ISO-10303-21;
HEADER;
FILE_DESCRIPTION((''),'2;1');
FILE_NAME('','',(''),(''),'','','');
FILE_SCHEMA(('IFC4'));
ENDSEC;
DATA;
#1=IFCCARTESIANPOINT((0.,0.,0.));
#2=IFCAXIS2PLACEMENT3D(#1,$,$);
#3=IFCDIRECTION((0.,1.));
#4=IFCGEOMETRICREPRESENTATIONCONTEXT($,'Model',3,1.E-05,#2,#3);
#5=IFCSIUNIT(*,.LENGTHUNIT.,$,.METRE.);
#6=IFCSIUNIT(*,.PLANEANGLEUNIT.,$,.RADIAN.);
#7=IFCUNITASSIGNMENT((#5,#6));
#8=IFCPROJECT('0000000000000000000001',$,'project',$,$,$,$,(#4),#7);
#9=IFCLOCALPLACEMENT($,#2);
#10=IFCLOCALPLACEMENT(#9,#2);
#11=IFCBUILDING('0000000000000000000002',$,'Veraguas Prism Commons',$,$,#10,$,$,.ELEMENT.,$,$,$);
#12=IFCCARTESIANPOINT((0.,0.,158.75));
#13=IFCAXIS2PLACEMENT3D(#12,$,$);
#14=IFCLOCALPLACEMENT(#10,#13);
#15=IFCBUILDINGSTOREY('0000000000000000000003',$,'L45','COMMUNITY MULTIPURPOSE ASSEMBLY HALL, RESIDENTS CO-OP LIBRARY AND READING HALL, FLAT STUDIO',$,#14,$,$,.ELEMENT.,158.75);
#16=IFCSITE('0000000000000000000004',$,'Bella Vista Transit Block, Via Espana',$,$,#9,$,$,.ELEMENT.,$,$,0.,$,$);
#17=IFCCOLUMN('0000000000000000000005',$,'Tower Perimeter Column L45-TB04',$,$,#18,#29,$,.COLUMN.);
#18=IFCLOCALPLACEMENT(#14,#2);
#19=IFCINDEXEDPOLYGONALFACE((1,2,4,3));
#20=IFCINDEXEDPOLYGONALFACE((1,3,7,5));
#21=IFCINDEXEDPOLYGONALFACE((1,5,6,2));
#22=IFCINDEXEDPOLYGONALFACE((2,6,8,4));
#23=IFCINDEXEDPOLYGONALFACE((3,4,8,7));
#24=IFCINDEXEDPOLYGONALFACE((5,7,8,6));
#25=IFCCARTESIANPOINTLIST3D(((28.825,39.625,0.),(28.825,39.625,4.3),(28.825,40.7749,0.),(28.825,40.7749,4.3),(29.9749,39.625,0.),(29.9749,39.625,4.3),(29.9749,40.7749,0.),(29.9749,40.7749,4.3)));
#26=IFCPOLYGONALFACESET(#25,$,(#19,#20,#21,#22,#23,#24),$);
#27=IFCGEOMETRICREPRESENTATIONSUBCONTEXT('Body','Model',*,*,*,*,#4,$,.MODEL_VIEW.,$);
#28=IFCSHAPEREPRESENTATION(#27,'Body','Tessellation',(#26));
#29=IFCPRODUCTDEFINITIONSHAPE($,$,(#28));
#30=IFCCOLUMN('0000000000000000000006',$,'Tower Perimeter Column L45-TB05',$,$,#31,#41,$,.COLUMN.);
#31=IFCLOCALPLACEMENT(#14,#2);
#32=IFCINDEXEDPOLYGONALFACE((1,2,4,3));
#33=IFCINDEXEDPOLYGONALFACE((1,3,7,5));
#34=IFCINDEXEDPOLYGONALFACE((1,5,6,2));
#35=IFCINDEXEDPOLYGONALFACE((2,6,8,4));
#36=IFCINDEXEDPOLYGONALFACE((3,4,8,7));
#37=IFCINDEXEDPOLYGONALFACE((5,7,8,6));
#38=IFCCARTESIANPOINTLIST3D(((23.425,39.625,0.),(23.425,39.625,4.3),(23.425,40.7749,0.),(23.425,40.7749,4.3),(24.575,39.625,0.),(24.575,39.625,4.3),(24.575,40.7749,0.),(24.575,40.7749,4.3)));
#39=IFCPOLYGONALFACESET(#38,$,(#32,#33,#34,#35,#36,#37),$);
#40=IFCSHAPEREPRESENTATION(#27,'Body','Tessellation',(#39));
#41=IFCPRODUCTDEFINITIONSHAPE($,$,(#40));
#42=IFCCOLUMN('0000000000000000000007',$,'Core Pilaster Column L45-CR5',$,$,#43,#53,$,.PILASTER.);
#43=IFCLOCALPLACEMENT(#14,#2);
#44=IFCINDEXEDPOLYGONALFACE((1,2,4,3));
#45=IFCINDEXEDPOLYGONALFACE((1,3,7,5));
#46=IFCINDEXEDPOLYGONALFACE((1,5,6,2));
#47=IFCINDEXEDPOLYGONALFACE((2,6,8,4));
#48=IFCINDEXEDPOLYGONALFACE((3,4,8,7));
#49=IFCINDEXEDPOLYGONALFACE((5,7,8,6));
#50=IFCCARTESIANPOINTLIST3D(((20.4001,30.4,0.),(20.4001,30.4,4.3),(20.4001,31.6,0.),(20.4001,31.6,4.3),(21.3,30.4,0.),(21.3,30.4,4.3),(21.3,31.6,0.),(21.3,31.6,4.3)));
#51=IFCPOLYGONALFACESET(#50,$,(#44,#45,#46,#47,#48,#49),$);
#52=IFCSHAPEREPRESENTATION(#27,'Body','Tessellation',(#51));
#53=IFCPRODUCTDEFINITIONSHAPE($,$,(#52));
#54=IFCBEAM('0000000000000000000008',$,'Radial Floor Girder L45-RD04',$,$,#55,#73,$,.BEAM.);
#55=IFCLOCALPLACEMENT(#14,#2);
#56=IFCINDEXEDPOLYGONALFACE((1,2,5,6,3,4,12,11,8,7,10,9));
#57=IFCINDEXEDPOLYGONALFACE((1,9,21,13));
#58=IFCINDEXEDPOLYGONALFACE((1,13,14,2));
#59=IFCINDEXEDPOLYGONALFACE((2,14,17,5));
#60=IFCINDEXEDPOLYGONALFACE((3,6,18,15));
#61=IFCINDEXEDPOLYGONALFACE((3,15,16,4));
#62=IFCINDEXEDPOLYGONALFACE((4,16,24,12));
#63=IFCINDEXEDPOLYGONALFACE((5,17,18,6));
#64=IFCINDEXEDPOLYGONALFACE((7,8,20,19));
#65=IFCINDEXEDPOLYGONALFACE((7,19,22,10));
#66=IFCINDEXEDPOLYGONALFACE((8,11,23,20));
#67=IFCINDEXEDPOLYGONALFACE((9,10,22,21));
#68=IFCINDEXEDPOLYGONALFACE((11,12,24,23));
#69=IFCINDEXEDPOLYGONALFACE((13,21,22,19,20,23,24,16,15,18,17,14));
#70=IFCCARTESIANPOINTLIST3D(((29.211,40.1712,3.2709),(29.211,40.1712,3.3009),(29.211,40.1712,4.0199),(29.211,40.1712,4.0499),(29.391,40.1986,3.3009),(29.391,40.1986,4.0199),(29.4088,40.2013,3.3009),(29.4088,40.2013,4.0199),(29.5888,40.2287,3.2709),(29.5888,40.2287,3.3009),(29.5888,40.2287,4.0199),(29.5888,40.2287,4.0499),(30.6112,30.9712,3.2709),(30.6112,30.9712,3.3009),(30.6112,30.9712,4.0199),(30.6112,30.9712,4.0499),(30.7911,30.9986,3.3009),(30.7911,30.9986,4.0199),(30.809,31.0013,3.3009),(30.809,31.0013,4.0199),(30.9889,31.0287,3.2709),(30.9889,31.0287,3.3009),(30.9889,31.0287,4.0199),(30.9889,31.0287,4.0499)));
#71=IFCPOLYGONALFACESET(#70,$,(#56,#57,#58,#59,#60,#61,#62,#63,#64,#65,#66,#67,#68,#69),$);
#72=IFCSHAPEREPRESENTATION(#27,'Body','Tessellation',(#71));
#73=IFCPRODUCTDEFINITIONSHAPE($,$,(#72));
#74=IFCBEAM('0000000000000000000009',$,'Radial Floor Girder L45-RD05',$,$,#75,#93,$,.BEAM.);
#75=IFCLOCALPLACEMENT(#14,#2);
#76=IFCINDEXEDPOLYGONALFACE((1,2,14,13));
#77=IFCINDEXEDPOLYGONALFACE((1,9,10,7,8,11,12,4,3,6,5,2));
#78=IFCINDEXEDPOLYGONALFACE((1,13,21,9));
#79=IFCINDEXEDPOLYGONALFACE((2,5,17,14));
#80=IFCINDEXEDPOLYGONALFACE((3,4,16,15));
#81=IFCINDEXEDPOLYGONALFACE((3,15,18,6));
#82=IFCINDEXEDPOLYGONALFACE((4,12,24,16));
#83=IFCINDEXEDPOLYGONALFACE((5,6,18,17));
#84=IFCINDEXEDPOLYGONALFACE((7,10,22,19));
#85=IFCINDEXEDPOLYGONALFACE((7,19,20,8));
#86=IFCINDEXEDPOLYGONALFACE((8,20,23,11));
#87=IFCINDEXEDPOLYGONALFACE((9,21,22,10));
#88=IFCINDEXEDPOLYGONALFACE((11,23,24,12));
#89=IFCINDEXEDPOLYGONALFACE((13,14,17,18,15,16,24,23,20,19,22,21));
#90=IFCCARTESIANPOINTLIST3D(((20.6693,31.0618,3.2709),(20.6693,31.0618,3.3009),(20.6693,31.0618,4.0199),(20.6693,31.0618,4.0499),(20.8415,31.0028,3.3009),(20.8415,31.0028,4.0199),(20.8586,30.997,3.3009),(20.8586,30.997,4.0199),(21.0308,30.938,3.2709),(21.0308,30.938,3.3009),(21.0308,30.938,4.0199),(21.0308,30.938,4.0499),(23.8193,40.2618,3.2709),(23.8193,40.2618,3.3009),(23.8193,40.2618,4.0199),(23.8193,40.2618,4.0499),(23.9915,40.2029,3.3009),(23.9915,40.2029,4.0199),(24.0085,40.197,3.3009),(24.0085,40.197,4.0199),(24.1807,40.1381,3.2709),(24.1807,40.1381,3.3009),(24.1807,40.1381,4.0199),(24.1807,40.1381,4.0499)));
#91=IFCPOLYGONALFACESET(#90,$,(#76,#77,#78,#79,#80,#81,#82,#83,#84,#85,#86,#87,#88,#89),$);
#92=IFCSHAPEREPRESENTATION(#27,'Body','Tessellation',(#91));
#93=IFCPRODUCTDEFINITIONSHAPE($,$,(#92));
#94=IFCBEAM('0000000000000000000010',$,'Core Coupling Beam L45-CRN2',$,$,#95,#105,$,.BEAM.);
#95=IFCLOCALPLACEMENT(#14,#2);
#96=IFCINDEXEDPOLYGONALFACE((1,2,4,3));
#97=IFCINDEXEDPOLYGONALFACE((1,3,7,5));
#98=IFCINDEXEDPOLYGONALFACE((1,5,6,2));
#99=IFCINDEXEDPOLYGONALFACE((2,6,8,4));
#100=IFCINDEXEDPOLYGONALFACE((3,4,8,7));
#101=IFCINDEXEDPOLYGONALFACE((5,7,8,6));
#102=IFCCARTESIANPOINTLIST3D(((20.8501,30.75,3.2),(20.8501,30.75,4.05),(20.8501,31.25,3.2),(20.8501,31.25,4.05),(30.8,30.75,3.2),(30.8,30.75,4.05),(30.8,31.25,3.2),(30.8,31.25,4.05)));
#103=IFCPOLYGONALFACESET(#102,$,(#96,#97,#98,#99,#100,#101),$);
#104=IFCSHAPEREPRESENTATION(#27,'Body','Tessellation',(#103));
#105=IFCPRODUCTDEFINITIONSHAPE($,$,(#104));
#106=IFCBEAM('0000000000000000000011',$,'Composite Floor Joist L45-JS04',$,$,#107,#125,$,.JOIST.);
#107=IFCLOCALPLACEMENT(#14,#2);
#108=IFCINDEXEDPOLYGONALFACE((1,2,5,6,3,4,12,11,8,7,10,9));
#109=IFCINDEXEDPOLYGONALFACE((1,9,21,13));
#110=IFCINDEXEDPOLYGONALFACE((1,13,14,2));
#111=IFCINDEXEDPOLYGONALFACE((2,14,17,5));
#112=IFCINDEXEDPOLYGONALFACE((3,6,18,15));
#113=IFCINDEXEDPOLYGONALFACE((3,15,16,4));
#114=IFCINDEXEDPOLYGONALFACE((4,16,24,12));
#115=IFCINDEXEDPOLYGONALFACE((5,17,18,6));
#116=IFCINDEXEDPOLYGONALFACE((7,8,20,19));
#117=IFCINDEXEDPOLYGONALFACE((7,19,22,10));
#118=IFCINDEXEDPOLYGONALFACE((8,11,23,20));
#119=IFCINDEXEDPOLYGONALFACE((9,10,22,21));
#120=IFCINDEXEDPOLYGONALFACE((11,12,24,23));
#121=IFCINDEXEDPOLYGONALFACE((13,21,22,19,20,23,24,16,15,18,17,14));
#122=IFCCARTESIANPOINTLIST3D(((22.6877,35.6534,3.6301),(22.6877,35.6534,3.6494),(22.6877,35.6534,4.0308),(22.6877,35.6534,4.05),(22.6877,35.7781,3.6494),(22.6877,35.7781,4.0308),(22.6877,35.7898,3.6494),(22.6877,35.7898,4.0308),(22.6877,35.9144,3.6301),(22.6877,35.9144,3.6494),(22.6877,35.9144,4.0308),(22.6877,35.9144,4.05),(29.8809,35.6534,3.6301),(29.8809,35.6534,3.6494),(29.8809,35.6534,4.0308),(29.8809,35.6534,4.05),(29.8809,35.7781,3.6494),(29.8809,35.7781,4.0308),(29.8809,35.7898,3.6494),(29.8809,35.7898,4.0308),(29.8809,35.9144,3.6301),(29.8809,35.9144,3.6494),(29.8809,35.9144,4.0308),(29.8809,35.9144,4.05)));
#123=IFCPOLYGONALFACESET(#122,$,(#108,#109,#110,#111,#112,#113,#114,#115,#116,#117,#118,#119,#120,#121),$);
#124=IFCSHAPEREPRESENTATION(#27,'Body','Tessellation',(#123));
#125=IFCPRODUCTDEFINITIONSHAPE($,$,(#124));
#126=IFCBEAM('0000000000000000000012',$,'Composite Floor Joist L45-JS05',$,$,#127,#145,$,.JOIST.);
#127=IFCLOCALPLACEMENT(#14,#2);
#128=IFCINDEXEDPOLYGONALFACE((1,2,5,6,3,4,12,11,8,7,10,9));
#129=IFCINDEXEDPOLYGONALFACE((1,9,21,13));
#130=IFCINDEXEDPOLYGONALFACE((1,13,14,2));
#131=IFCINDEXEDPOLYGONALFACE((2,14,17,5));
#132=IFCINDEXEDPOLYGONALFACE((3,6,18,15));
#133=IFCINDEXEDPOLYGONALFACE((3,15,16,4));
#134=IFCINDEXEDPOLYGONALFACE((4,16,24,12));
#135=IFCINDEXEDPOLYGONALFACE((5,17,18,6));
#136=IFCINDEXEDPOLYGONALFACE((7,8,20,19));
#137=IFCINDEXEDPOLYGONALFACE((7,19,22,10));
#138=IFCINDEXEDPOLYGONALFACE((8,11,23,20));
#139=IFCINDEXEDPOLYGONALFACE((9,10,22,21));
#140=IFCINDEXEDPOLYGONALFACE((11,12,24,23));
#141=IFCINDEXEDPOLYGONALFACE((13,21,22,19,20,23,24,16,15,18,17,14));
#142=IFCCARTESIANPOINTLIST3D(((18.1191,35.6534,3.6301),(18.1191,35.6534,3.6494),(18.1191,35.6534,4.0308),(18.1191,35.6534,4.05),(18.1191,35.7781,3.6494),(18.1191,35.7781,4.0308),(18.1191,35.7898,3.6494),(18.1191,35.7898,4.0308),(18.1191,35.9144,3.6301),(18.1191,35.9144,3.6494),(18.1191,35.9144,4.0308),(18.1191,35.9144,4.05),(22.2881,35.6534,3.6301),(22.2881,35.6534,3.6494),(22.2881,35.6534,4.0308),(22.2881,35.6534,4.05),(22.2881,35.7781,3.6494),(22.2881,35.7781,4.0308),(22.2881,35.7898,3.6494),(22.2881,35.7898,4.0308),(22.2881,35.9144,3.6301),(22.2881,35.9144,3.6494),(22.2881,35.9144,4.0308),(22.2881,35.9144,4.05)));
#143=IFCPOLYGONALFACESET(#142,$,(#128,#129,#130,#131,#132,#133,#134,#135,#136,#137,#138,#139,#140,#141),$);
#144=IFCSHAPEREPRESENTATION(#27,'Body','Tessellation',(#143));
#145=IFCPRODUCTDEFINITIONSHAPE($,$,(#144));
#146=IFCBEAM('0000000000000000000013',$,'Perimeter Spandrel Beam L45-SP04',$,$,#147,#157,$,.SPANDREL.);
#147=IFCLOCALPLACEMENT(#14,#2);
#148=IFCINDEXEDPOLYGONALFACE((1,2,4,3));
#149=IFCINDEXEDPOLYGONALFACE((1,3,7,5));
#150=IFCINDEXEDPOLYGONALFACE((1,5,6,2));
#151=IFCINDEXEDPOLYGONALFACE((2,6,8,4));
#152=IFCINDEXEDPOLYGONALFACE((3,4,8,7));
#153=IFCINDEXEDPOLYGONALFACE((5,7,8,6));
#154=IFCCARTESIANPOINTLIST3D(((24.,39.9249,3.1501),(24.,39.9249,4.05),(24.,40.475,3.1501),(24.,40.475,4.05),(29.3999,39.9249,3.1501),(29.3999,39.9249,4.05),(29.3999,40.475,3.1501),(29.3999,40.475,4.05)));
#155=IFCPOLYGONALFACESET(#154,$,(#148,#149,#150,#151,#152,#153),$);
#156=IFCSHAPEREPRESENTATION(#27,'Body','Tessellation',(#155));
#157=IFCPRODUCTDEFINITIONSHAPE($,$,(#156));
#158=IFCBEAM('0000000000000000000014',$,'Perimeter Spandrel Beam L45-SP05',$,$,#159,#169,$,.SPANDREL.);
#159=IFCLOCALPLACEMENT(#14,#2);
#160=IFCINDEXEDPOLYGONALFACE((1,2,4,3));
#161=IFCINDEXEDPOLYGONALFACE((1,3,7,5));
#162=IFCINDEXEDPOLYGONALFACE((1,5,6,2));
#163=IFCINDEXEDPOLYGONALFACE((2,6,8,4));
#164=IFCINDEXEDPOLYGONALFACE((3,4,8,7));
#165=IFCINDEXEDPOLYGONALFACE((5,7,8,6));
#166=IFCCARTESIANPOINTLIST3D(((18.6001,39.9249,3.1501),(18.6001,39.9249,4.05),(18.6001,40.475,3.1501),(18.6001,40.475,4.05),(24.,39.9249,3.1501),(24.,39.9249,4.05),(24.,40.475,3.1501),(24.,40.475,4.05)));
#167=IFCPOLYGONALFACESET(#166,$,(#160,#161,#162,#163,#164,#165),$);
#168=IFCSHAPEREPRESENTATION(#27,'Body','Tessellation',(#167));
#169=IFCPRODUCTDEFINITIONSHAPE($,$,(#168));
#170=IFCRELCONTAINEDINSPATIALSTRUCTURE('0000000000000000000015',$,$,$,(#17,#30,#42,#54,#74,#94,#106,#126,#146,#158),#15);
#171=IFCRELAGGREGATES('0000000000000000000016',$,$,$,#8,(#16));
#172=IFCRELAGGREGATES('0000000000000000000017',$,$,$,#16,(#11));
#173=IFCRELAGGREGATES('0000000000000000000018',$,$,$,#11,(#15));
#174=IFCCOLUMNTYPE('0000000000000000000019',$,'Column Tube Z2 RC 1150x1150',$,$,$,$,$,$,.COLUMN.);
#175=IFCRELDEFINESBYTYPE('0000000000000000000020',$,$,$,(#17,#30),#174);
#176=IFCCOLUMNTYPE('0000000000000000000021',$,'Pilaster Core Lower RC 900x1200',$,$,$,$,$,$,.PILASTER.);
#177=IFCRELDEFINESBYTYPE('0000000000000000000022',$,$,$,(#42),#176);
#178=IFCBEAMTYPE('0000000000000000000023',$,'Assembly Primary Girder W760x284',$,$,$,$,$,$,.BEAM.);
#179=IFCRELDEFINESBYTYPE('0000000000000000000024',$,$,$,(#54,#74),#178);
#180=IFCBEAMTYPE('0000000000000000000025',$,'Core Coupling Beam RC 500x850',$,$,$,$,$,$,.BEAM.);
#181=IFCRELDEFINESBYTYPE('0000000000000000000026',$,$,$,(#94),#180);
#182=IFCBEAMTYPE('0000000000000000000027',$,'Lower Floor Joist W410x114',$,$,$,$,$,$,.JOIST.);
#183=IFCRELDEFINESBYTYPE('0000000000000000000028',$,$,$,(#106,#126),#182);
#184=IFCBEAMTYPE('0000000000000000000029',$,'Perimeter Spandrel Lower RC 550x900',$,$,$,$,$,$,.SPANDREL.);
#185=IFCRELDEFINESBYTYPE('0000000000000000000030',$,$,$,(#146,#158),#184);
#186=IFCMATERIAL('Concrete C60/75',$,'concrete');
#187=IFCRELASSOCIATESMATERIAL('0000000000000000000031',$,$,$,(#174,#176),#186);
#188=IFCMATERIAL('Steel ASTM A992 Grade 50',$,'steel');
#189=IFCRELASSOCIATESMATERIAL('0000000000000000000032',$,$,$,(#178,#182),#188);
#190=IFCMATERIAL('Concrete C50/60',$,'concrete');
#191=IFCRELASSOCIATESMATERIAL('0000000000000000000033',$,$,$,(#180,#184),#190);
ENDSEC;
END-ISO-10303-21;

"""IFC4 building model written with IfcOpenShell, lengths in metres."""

from ifc_helpers import new_model, si_unit, direction, frame, origin, origin_2d, place, context, subcontext, project, spatial, rectangle, i_section, extrude, material, material_profile, profile_set, type_object, element, save


model = new_model("IFC4")

# Units and contexts
model_context = context("Model", 3, precision=1e-05, world=origin(), true_north=direction((0.0, 1.0)))
body_context = subcontext(model_context, "Body", "Model", "MODEL_VIEW")
ifc_project = project(units=[si_unit("LENGTHUNIT", "METRE"), si_unit("PLANEANGLEUNIT", "RADIAN")], contexts=[model_context])

# Site, building, storey
site_placement = place(None, origin())
site = spatial("IfcSite", under=ifc_project, at=site_placement, Name="Bella Vista Transit Block, Via Espana", CompositionType="ELEMENT", RefElevation=0.0)
building_placement = place(site_placement, origin())
building = spatial("IfcBuilding", under=site, at=building_placement, Name="Veraguas Prism Commons", CompositionType="ELEMENT")
storey_placement = place(building_placement, frame((0.0, 0.0, 158.75)))
storey = spatial("IfcBuildingStorey", under=building, at=storey_placement, Name="L45", Description="COMMUNITY MULTIPURPOSE ASSEMBLY HALL, RESIDENTS CO-OP LIBRARY AND READING HALL, FLAT STUDIO", CompositionType="ELEMENT", Elevation=158.75)

# Columns
ifc_material_1 = material(Name="Concrete C60/75", Category="concrete")
ifc_material_profile_1 = material_profile(ifc_material_1, rectangle(XDim=1.1499, YDim=1.1499, at=origin_2d()), Name="RC1150X1150")
ifc_profile_set_1 = profile_set([ifc_material_profile_1], Name="Concrete C60/75")
column_type_1 = type_object("IfcColumnType", Name="Column Tube Z2 RC 1150x1150", PredefinedType="COLUMN", material=ifc_profile_set_1)
for number, where, z_axis, x_axis, name in (
    (1, (29.3999, 40.2, 0.0), (0.0, 0.0, 1.0), (1.0, 0.0, 0.0), "Tower Perimeter Column L45-TB04"),
    (2, (24.0, 40.2, 0.0), (0.0, 0.0, 1.0), (1.0, 0.0, 0.0), "Tower Perimeter Column L45-TB05"),
):
    element("IfcColumn", number, at=place(storey_placement, frame(where, z_axis=z_axis, x_axis=x_axis)), inside=storey, type_object=column_type_1, Name=name, PredefinedType="COLUMN", context=body_context, shape_type="SweptSolid", body=[
        extrude(rectangle(XDim=1.1499, YDim=1.1499, at=origin_2d()), origin(), (0.0, 0.0, 1.0), 4.3),
    ])
ifc_material_profile_2 = material_profile(ifc_material_1, rectangle(XDim=0.8999, YDim=1.2, at=origin_2d()), Name="RC900X1200")
ifc_profile_set_2 = profile_set([ifc_material_profile_2], Name="Concrete C60/75")
column_type_2 = type_object("IfcColumnType", Name="Pilaster Core Lower RC 900x1200", PredefinedType="PILASTER", material=ifc_profile_set_2)
column_placement = place(storey_placement, frame((20.8501, 31.0, 0.0), z_axis=(0.0, 0.0, 1.0), x_axis=(1.0, 0.0, 0.0)))
element("IfcColumn", 3, at=column_placement, inside=storey, type_object=column_type_2, Name="Core Pilaster Column L45-CR5", PredefinedType="PILASTER", context=body_context, shape_type="SweptSolid", body=[
    extrude(rectangle(XDim=0.8999, YDim=1.2, at=origin_2d()), origin(), (0.0, 0.0, 1.0), 4.3),
])

# Beams
ifc_material_2 = material(Name="Steel ASTM A992 Grade 50", Category="steel")
ifc_material_profile_3 = material_profile(ifc_material_2, i_section(OverallWidth=0.3821, OverallDepth=0.7791, WebThickness=0.0181, FlangeThickness=0.03, at=origin_2d()), Name="W760X284")
ifc_profile_set_3 = profile_set([ifc_material_profile_3], Name="Steel ASTM A992 Grade 50")
beam_type_1 = type_object("IfcBeamType", Name="Assembly Primary Girder W760x284", PredefinedType="BEAM", material=ifc_profile_set_3)
beam_1_placement = place(storey_placement, frame((29.3999, 40.2, 3.6604), z_axis=(0.150458, -0.988616, 0.0), x_axis=(0.988616, 0.150458, 0.0)))
element("IfcBeam", 4, at=beam_1_placement, inside=storey, type_object=beam_type_1, Name="Radial Floor Girder L45-RD04", PredefinedType="BEAM", context=body_context, shape_type="SweptSolid", body=[
    extrude(i_section(OverallWidth=0.3821, OverallDepth=0.7791, WebThickness=0.0181, FlangeThickness=0.03, at=origin_2d()), origin(), (0.0, 0.0, 1.0), 9.3059),
])
beam_2_placement = place(storey_placement, frame((24.0, 40.2, 3.6604), z_axis=(-0.323922, -0.946084, 0.0), x_axis=(0.946084, -0.323922, 0.0)))
element("IfcBeam", 5, at=beam_2_placement, inside=storey, type_object=beam_type_1, Name="Radial Floor Girder L45-RD05", PredefinedType="BEAM", context=body_context, shape_type="SweptSolid", body=[
    extrude(i_section(OverallWidth=0.3821, OverallDepth=0.7791, WebThickness=0.0181, FlangeThickness=0.03, at=origin_2d()), origin(), (0.0, 0.0, 1.0), 9.7244),
])
ifc_material_3 = material(Name="Concrete C50/60", Category="concrete")
ifc_material_profile_4 = material_profile(ifc_material_3, rectangle(XDim=0.5, YDim=0.8501, at=origin_2d()), Name="RC500X850")
ifc_profile_set_4 = profile_set([ifc_material_profile_4], Name="Concrete C50/60")
beam_type_2 = type_object("IfcBeamType", Name="Core Coupling Beam RC 500x850", PredefinedType="BEAM", material=ifc_profile_set_4)
beam_3_placement = place(storey_placement, frame((20.8501, 31.0, 3.625), z_axis=(1.0, 0.0, 0.0), x_axis=(0.0, 1.0, 0.0)))
element("IfcBeam", 6, at=beam_3_placement, inside=storey, type_object=beam_type_2, Name="Core Coupling Beam L45-CRN2", PredefinedType="BEAM", context=body_context, shape_type="SweptSolid", body=[
    extrude(rectangle(XDim=0.5, YDim=0.8501, at=origin_2d()), origin(), (0.0, 0.0, 1.0), 9.95),
])
ifc_material_profile_5 = material_profile(ifc_material_2, i_section(OverallWidth=0.261, OverallDepth=0.4199, WebThickness=0.0117, FlangeThickness=0.0193, at=origin_2d()), Name="W410X114")
ifc_profile_set_5 = profile_set([ifc_material_profile_5], Name="Steel ASTM A992 Grade 50")
beam_type_3 = type_object("IfcBeamType", Name="Lower Floor Joist W410x114", PredefinedType="JOIST", material=ifc_profile_set_5)
beam_4_placement = place(storey_placement, frame((29.8809, 35.7839, 3.8401), z_axis=(-1.0, 0.0, 0.0), x_axis=(0.0, -1.0, 0.0)))
element("IfcBeam", 7, at=beam_4_placement, inside=storey, type_object=beam_type_3, Name="Composite Floor Joist L45-JS04", PredefinedType="JOIST", context=body_context, shape_type="SweptSolid", body=[
    extrude(i_section(OverallWidth=0.261, OverallDepth=0.4199, WebThickness=0.0117, FlangeThickness=0.0193, at=origin_2d()), origin(), (0.0, 0.0, 1.0), 7.1931),
])
beam_5_placement = place(storey_placement, frame((22.2881, 35.7839, 3.8401), z_axis=(-1.0, 0.0, 0.0), x_axis=(0.0, -1.0, 0.0)))
element("IfcBeam", 8, at=beam_5_placement, inside=storey, type_object=beam_type_3, Name="Composite Floor Joist L45-JS05", PredefinedType="JOIST", context=body_context, shape_type="SweptSolid", body=[
    extrude(i_section(OverallWidth=0.261, OverallDepth=0.4199, WebThickness=0.0117, FlangeThickness=0.0193, at=origin_2d()), origin(), (0.0, 0.0, 1.0), 4.1689),
])
ifc_material_profile_6 = material_profile(ifc_material_3, rectangle(XDim=0.55, YDim=0.8999, at=origin_2d()), Name="RC550X900")
ifc_profile_set_6 = profile_set([ifc_material_profile_6], Name="Concrete C50/60")
beam_type_4 = type_object("IfcBeamType", Name="Perimeter Spandrel Lower RC 550x900", PredefinedType="SPANDREL", material=ifc_profile_set_6)
for number, where, z_axis, x_axis, name in (
    (9, (29.3999, 40.2, 3.6001), (-1.0, 0.0, 0.0), (0.0, -1.0, 0.0), "Perimeter Spandrel Beam L45-SP04"),
    (10, (24.0, 40.2, 3.6001), (-1.0, 0.0, 0.0), (0.0, -1.0, 0.0), "Perimeter Spandrel Beam L45-SP05"),
):
    element("IfcBeam", number, at=place(storey_placement, frame(where, z_axis=z_axis, x_axis=x_axis)), inside=storey, type_object=beam_type_4, Name=name, PredefinedType="SPANDREL", context=body_context, shape_type="SweptSolid", body=[
        extrude(rectangle(XDim=0.55, YDim=0.8999, at=origin_2d()), origin(), (0.0, 0.0, 1.0), 5.3999),
    ])

save(model, "model.ifc")
